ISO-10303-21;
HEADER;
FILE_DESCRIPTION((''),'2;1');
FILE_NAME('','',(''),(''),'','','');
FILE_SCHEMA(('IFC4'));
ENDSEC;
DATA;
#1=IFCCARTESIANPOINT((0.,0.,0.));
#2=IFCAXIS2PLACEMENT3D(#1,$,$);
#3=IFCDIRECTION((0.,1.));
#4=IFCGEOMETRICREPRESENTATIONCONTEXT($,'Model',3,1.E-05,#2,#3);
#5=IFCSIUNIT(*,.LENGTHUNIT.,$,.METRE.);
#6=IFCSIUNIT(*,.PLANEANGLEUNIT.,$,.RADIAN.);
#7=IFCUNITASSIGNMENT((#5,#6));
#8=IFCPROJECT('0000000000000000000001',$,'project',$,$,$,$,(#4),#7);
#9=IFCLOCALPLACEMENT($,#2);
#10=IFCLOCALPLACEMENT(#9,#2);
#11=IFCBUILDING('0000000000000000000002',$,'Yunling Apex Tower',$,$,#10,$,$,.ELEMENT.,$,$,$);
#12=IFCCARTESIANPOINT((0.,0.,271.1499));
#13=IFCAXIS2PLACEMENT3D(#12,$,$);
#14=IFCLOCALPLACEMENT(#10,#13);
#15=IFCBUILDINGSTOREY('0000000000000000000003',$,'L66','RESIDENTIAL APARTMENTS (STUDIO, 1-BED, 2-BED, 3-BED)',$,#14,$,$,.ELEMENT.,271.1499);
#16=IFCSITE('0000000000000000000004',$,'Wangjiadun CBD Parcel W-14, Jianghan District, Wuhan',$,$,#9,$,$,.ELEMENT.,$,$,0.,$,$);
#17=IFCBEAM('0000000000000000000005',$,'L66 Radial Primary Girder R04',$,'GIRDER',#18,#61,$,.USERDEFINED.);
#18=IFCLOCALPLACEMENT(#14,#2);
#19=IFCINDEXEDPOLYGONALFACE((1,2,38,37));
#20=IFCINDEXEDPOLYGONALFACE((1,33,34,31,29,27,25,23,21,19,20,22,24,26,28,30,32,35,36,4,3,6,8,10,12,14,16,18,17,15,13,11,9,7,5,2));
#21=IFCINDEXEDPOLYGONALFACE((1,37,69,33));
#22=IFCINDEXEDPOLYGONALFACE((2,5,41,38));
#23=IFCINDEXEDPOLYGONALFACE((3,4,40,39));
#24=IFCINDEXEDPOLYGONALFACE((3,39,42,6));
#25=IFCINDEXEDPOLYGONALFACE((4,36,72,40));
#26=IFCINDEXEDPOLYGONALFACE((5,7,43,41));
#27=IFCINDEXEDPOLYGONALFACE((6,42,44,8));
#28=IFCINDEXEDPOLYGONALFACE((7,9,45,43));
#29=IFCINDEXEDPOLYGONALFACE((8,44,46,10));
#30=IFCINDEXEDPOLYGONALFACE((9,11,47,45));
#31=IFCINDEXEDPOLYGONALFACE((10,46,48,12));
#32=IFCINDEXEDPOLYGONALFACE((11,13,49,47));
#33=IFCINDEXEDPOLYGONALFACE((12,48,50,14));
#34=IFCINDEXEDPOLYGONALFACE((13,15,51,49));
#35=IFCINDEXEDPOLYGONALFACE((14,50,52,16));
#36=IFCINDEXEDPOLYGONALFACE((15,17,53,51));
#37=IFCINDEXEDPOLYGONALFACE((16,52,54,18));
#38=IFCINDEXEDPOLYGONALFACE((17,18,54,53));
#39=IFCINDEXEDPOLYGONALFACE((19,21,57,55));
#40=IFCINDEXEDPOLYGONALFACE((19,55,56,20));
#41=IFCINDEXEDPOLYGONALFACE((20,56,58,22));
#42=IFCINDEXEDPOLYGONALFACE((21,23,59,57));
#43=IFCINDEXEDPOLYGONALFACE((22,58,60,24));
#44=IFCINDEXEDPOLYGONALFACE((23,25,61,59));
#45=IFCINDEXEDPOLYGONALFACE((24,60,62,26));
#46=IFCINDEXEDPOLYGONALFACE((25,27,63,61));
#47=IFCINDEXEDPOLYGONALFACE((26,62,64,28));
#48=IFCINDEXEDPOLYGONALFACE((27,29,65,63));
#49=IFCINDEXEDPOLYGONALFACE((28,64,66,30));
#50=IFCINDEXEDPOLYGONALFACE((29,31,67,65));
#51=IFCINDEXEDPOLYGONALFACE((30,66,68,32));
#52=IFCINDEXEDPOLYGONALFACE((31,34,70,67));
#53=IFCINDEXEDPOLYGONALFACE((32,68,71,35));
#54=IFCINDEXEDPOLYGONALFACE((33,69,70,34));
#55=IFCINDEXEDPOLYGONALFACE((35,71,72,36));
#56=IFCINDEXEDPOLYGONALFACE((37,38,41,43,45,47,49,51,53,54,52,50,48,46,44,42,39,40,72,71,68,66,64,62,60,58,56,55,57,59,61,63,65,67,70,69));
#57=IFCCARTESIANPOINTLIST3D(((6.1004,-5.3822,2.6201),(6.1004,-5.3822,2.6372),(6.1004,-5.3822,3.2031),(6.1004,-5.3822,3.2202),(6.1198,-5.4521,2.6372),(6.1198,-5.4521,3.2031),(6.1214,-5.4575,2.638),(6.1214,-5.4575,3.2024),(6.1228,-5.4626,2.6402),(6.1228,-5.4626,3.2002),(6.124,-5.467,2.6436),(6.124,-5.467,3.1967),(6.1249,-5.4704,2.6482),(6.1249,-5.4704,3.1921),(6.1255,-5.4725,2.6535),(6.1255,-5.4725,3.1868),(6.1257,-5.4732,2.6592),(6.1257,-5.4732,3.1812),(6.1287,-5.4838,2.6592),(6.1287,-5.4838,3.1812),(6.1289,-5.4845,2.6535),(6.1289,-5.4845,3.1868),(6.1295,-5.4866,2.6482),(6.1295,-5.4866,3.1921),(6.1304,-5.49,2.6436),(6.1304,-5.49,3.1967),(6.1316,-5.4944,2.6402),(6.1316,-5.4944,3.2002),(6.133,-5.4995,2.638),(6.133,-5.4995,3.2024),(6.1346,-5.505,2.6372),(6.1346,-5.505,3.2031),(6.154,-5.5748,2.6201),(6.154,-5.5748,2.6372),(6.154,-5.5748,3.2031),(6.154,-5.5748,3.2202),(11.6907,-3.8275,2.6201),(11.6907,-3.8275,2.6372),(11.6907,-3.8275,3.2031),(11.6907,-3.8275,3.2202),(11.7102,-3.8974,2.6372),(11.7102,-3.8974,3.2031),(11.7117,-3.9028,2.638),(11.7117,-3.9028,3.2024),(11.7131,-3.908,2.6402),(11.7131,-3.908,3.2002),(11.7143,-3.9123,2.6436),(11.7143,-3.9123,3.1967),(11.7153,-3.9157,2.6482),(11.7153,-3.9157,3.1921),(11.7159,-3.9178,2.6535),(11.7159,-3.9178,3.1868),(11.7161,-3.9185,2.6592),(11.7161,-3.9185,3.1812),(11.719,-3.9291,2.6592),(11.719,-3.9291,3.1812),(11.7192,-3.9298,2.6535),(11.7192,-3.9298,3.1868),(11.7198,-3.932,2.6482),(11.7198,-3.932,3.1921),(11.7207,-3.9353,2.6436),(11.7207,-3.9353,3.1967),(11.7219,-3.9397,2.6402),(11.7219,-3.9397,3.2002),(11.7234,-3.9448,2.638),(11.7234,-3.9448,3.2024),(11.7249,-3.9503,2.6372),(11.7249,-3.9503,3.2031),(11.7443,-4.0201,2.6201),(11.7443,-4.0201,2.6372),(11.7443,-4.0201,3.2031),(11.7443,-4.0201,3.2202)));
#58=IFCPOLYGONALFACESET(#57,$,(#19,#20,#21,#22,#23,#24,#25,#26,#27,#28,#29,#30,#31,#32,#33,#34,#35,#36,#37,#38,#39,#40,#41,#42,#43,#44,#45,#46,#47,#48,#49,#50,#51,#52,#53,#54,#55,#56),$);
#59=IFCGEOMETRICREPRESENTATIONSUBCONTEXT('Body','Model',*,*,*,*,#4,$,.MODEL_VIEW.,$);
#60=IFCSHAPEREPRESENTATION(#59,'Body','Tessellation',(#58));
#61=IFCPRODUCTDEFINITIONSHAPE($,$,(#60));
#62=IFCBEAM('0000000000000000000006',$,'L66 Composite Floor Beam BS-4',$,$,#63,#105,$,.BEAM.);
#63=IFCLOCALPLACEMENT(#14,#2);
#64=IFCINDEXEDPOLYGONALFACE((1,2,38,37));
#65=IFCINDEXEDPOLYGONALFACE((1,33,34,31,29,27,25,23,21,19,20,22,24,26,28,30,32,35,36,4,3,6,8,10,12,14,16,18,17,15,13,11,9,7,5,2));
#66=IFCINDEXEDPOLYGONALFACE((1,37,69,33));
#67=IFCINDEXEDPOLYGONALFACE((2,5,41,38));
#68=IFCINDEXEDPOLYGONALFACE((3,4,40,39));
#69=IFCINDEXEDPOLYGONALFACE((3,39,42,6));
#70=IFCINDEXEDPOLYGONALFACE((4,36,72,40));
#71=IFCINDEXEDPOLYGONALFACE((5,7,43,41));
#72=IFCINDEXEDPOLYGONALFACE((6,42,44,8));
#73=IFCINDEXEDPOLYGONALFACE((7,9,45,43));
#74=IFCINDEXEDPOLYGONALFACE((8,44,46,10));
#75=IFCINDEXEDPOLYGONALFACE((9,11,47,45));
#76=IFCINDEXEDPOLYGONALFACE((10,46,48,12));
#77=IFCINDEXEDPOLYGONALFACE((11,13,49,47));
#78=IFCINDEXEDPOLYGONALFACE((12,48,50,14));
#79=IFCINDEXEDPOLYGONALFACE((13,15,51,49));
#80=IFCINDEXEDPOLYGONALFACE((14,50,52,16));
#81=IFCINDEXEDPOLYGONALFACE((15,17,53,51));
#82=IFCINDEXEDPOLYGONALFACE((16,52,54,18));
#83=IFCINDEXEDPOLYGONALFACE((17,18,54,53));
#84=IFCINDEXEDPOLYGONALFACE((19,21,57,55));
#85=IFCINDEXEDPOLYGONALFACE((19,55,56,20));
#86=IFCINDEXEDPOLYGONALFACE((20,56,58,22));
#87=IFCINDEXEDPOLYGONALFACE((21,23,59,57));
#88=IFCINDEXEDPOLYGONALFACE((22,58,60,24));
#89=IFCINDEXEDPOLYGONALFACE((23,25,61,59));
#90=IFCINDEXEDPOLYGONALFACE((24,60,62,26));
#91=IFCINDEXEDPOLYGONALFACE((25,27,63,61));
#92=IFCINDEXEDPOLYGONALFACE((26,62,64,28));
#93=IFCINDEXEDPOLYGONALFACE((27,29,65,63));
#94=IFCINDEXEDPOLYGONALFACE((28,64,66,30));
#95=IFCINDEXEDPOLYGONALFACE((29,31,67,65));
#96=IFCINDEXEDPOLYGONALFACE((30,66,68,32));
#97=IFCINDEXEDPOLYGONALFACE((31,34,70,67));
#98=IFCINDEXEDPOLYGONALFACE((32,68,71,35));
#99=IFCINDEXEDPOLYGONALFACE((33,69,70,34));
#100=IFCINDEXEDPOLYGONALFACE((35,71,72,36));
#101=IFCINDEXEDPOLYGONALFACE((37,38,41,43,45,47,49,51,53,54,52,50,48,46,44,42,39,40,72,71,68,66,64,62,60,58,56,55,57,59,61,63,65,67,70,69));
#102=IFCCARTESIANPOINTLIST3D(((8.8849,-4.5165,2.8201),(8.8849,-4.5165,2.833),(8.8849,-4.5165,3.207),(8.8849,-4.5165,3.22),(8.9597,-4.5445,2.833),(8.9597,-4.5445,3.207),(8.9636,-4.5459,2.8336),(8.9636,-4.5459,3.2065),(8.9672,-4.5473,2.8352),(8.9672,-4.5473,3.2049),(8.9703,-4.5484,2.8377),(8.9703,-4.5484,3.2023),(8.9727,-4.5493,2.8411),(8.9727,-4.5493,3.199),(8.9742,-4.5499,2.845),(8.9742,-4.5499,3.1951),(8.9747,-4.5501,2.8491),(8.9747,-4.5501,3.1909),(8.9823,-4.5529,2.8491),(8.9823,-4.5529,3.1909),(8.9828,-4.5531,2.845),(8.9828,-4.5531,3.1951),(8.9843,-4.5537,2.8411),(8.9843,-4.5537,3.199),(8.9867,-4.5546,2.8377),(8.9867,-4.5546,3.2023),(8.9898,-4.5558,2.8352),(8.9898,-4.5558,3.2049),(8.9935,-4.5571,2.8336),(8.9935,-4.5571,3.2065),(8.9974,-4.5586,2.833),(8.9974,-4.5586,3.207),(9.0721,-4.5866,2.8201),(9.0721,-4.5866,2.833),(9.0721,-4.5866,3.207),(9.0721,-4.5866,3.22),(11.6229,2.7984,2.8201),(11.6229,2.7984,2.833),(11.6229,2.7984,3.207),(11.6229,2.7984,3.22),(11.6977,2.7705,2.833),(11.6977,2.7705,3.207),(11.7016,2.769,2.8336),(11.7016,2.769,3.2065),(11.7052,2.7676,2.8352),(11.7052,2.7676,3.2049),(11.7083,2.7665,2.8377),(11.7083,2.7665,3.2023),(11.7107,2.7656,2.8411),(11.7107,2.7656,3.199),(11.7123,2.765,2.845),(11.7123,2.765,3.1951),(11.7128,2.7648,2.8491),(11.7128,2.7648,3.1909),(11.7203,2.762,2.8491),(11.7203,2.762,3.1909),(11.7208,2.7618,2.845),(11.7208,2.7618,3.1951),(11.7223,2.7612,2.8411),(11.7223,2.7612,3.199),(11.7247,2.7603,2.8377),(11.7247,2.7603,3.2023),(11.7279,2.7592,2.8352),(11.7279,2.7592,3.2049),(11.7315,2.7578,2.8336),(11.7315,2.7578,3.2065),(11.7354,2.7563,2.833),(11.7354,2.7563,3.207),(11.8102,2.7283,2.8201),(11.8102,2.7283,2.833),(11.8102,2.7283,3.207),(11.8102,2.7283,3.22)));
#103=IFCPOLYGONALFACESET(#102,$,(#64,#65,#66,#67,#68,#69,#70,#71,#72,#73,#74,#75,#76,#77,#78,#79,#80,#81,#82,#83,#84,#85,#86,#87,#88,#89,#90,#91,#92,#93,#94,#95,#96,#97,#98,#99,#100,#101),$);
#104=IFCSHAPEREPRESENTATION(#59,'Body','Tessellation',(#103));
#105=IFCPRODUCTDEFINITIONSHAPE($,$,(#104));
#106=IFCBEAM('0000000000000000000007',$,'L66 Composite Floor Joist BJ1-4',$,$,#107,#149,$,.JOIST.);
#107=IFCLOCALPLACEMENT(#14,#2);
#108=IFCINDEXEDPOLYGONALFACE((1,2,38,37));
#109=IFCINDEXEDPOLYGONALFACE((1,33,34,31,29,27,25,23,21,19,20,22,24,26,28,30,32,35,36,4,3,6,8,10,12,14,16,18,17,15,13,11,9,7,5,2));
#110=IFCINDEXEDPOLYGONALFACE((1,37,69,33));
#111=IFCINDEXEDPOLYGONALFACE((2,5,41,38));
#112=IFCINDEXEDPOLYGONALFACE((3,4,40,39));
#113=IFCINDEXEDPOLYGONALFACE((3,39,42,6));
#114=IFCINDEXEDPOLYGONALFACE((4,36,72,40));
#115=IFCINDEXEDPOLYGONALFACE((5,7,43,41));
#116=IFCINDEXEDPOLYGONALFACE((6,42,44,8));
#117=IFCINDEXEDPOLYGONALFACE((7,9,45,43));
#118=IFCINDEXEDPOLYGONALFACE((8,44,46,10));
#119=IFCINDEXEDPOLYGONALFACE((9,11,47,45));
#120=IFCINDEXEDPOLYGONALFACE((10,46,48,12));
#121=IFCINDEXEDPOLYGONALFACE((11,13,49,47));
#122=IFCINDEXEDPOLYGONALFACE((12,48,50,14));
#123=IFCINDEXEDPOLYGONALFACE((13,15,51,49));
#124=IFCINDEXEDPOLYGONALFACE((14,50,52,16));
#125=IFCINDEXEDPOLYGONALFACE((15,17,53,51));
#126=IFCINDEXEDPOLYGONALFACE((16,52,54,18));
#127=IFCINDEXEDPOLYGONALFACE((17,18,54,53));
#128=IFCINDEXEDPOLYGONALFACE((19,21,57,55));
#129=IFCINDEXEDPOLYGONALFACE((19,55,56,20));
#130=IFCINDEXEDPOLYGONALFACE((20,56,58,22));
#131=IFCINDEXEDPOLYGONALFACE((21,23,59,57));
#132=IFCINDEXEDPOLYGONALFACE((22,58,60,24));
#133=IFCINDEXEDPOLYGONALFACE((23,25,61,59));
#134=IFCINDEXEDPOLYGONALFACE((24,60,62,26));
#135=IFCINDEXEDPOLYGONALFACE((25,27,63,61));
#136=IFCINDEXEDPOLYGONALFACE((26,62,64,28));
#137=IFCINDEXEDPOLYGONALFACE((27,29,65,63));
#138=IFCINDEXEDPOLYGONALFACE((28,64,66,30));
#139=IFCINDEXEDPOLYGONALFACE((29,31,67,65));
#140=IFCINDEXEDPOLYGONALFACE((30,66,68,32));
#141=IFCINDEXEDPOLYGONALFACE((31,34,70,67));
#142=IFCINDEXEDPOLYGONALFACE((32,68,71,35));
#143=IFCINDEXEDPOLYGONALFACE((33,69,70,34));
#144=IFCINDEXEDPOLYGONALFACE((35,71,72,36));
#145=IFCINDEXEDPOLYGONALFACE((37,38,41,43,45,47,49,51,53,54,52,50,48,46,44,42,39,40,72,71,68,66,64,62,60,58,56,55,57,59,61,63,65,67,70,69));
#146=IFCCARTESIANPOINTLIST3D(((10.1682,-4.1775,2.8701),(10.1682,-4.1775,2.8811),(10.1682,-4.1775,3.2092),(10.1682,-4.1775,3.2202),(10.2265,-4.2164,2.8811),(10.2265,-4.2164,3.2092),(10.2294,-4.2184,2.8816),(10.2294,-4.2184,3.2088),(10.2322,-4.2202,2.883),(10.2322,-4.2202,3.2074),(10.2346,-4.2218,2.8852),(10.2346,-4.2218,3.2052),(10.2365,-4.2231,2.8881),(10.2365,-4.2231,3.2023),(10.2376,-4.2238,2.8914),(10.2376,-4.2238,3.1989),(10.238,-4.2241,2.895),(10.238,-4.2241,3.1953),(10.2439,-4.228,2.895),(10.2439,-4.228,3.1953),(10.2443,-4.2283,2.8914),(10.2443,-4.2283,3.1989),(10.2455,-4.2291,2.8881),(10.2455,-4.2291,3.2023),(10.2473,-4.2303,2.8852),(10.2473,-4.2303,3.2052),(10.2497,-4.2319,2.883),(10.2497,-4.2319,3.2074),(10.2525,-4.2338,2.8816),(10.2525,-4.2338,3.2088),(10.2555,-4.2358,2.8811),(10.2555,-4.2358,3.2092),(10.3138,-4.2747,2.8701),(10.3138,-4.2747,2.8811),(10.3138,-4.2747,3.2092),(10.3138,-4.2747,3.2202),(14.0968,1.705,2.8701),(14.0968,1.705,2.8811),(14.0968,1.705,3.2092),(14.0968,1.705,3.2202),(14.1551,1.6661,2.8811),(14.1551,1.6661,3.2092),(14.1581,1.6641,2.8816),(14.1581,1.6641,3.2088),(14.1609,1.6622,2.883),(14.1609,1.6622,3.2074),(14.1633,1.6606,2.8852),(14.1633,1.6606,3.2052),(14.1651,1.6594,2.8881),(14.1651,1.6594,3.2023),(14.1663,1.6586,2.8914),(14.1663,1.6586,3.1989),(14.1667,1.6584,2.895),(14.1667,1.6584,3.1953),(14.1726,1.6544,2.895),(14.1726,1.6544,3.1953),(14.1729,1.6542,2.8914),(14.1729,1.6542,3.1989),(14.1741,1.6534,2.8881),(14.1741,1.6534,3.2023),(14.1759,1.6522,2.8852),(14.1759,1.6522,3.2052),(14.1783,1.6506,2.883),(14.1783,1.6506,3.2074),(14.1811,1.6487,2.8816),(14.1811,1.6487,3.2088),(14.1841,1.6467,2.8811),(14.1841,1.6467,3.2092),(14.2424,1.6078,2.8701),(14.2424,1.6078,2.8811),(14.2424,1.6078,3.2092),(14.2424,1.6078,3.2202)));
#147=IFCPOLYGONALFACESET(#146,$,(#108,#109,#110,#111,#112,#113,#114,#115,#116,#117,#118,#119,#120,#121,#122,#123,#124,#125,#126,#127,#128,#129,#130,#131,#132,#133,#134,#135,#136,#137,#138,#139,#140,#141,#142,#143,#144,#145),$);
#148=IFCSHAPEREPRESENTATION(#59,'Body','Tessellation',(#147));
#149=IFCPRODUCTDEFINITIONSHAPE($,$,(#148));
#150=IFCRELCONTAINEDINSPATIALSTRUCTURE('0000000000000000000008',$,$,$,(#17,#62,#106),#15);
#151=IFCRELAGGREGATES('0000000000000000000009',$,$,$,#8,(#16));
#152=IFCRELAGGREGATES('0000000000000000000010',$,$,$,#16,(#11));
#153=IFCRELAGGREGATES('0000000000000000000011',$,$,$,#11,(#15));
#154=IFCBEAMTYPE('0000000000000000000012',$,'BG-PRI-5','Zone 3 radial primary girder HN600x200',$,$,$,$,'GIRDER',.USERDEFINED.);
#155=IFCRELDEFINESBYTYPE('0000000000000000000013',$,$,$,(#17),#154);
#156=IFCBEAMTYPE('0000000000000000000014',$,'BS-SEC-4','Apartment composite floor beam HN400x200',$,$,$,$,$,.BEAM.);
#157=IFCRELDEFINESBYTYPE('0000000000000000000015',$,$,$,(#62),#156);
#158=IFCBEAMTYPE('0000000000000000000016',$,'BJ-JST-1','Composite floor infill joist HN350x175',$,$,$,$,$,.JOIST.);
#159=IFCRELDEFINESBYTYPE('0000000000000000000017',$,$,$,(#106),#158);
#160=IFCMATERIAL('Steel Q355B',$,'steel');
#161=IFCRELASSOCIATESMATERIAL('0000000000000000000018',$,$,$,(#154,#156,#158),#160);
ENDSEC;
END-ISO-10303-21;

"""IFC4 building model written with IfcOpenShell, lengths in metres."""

from ifc_helpers import new_model, si_unit, direction, frame, origin, origin_2d, place, context, subcontext, project, spatial, i_section, extrude, source, transform, mapped, material, material_profile, profile_set, type_object, element, save


model = new_model("IFC4")

# Units and contexts
model_context = context("Model", 3, precision=1e-05, world=origin(), true_north=direction((0.0, 1.0)))
body_context = subcontext(model_context, "Body", "Model", "MODEL_VIEW")
ifc_project = project(units=[si_unit("LENGTHUNIT", "METRE"), si_unit("PLANEANGLEUNIT", "RADIAN")], contexts=[model_context])

# Site, building, storey
site_placement = place(None, origin())
site = spatial("IfcSite", under=ifc_project, at=site_placement, Name="Wangjiadun CBD Parcel W-14, Jianghan District, Wuhan", CompositionType="ELEMENT", RefElevation=0.0)
building_placement = place(site_placement, origin())
building = spatial("IfcBuilding", under=site, at=building_placement, Name="Yunling Apex Tower", CompositionType="ELEMENT")
storey_placement = place(building_placement, frame((0.0, 0.0, 271.1499)))
storey = spatial("IfcBuildingStorey", under=building, at=storey_placement, Name="L66", Description="RESIDENTIAL APARTMENTS (STUDIO, 1-BED, 2-BED, 3-BED)", CompositionType="ELEMENT", Elevation=271.1499)

# Shared definitions
ifc_material_1 = material(Name="Steel Q355B", Category="steel")

# Beams
ifc_material_profile_1 = material_profile(ifc_material_1, i_section(OverallWidth=0.2, OverallDepth=0.6001, WebThickness=0.011, FlangeThickness=0.0171, FilletRadius=0.022, at=origin_2d()))
ifc_profile_set_1 = profile_set([ifc_material_profile_1], Name="Steel Q355B")
beam_type_1 = type_object("IfcBeamType", Name="BG-PRI-5", Description="Zone 3 radial primary girder HN600x200", ElementType="GIRDER", PredefinedType="USERDEFINED", material=ifc_profile_set_1)
shared_shape_1 = source(origin(), body_context, "Body", "SweptSolid", [
    extrude(i_section(OverallWidth=0.2, OverallDepth=0.6001, WebThickness=0.011, FlangeThickness=0.0171, FilletRadius=0.022, at=origin_2d()), origin(), (0.0, 0.0, 1.0), 5.8025),
])
beam_1_placement = place(storey_placement, frame((11.7175, -3.9238, 2.9202), z_axis=(-0.963437, -0.267935, 0.0), x_axis=(0.267935, -0.963437, 0.0)))
element("IfcBeam", 1, at=beam_1_placement, inside=storey, type_object=beam_type_1, Name="L66 Radial Primary Girder R04", ObjectType="GIRDER", PredefinedType="USERDEFINED", context=body_context, shape_type="MappedRepresentation", body=[
    mapped(shared_shape_1, transform((0.0, 0.0, 0.0), scale=1.0)),
])
ifc_material_profile_2 = material_profile(ifc_material_1, i_section(OverallWidth=0.2, OverallDepth=0.3999, WebThickness=0.0081, FlangeThickness=0.0129, FilletRadius=0.0161, at=origin_2d()))
ifc_profile_set_2 = profile_set([ifc_material_profile_2], Name="Steel Q355B")
beam_type_2 = type_object("IfcBeamType", Name="BS-SEC-4", Description="Apartment composite floor beam HN400x200", PredefinedType="BEAM", material=ifc_profile_set_2)
shared_shape_2 = source(origin(), body_context, "Body", "SweptSolid", [
    extrude(i_section(OverallWidth=0.2, OverallDepth=0.3999, WebThickness=0.0081, FlangeThickness=0.0129, FilletRadius=0.0161, at=origin_2d()), origin(), (0.0, 0.0, 1.0), 7.8105),
])
beam_2_placement = place(storey_placement, frame((8.9785, -4.5515, 3.02), z_axis=(0.350555, 0.936542, 0.0), x_axis=(-0.936542, 0.350555, 0.0)))
element("IfcBeam", 2, at=beam_2_placement, inside=storey, type_object=beam_type_2, Name="L66 Composite Floor Beam BS-4", PredefinedType="BEAM", context=body_context, shape_type="MappedRepresentation", body=[
    mapped(shared_shape_2, transform((0.0, 0.0, 0.0), scale=1.0)),
])
ifc_material_profile_3 = material_profile(ifc_material_1, i_section(OverallWidth=0.175, OverallDepth=0.3501, WebThickness=0.0071, FlangeThickness=0.011, FilletRadius=0.0139, at=origin_2d()))
ifc_profile_set_3 = profile_set([ifc_material_profile_3], Name="Steel Q355B")
beam_type_3 = type_object("IfcBeamType", Name="BJ-JST-1", Description="Composite floor infill joist HN350x175", PredefinedType="JOIST", material=ifc_profile_set_3)
shared_shape_3 = source(origin(), body_context, "Body", "SweptSolid", [
    extrude(i_section(OverallWidth=0.175, OverallDepth=0.3501, WebThickness=0.0071, FlangeThickness=0.011, FilletRadius=0.0139, at=origin_2d()), origin(), (0.0, 0.0, 1.0), 7.0737),
])
beam_3_placement = place(storey_placement, frame((10.241, -4.2261, 3.0452), z_axis=(0.555385, 0.831593, 0.0), x_axis=(-0.831593, 0.555385, 0.0)))
element("IfcBeam", 3, at=beam_3_placement, inside=storey, type_object=beam_type_3, Name="L66 Composite Floor Joist BJ1-4", PredefinedType="JOIST", context=body_context, shape_type="MappedRepresentation", body=[
    mapped(shared_shape_3, transform((0.0, 0.0, 0.0), scale=1.0)),
])

save(model, "model.ifc")
